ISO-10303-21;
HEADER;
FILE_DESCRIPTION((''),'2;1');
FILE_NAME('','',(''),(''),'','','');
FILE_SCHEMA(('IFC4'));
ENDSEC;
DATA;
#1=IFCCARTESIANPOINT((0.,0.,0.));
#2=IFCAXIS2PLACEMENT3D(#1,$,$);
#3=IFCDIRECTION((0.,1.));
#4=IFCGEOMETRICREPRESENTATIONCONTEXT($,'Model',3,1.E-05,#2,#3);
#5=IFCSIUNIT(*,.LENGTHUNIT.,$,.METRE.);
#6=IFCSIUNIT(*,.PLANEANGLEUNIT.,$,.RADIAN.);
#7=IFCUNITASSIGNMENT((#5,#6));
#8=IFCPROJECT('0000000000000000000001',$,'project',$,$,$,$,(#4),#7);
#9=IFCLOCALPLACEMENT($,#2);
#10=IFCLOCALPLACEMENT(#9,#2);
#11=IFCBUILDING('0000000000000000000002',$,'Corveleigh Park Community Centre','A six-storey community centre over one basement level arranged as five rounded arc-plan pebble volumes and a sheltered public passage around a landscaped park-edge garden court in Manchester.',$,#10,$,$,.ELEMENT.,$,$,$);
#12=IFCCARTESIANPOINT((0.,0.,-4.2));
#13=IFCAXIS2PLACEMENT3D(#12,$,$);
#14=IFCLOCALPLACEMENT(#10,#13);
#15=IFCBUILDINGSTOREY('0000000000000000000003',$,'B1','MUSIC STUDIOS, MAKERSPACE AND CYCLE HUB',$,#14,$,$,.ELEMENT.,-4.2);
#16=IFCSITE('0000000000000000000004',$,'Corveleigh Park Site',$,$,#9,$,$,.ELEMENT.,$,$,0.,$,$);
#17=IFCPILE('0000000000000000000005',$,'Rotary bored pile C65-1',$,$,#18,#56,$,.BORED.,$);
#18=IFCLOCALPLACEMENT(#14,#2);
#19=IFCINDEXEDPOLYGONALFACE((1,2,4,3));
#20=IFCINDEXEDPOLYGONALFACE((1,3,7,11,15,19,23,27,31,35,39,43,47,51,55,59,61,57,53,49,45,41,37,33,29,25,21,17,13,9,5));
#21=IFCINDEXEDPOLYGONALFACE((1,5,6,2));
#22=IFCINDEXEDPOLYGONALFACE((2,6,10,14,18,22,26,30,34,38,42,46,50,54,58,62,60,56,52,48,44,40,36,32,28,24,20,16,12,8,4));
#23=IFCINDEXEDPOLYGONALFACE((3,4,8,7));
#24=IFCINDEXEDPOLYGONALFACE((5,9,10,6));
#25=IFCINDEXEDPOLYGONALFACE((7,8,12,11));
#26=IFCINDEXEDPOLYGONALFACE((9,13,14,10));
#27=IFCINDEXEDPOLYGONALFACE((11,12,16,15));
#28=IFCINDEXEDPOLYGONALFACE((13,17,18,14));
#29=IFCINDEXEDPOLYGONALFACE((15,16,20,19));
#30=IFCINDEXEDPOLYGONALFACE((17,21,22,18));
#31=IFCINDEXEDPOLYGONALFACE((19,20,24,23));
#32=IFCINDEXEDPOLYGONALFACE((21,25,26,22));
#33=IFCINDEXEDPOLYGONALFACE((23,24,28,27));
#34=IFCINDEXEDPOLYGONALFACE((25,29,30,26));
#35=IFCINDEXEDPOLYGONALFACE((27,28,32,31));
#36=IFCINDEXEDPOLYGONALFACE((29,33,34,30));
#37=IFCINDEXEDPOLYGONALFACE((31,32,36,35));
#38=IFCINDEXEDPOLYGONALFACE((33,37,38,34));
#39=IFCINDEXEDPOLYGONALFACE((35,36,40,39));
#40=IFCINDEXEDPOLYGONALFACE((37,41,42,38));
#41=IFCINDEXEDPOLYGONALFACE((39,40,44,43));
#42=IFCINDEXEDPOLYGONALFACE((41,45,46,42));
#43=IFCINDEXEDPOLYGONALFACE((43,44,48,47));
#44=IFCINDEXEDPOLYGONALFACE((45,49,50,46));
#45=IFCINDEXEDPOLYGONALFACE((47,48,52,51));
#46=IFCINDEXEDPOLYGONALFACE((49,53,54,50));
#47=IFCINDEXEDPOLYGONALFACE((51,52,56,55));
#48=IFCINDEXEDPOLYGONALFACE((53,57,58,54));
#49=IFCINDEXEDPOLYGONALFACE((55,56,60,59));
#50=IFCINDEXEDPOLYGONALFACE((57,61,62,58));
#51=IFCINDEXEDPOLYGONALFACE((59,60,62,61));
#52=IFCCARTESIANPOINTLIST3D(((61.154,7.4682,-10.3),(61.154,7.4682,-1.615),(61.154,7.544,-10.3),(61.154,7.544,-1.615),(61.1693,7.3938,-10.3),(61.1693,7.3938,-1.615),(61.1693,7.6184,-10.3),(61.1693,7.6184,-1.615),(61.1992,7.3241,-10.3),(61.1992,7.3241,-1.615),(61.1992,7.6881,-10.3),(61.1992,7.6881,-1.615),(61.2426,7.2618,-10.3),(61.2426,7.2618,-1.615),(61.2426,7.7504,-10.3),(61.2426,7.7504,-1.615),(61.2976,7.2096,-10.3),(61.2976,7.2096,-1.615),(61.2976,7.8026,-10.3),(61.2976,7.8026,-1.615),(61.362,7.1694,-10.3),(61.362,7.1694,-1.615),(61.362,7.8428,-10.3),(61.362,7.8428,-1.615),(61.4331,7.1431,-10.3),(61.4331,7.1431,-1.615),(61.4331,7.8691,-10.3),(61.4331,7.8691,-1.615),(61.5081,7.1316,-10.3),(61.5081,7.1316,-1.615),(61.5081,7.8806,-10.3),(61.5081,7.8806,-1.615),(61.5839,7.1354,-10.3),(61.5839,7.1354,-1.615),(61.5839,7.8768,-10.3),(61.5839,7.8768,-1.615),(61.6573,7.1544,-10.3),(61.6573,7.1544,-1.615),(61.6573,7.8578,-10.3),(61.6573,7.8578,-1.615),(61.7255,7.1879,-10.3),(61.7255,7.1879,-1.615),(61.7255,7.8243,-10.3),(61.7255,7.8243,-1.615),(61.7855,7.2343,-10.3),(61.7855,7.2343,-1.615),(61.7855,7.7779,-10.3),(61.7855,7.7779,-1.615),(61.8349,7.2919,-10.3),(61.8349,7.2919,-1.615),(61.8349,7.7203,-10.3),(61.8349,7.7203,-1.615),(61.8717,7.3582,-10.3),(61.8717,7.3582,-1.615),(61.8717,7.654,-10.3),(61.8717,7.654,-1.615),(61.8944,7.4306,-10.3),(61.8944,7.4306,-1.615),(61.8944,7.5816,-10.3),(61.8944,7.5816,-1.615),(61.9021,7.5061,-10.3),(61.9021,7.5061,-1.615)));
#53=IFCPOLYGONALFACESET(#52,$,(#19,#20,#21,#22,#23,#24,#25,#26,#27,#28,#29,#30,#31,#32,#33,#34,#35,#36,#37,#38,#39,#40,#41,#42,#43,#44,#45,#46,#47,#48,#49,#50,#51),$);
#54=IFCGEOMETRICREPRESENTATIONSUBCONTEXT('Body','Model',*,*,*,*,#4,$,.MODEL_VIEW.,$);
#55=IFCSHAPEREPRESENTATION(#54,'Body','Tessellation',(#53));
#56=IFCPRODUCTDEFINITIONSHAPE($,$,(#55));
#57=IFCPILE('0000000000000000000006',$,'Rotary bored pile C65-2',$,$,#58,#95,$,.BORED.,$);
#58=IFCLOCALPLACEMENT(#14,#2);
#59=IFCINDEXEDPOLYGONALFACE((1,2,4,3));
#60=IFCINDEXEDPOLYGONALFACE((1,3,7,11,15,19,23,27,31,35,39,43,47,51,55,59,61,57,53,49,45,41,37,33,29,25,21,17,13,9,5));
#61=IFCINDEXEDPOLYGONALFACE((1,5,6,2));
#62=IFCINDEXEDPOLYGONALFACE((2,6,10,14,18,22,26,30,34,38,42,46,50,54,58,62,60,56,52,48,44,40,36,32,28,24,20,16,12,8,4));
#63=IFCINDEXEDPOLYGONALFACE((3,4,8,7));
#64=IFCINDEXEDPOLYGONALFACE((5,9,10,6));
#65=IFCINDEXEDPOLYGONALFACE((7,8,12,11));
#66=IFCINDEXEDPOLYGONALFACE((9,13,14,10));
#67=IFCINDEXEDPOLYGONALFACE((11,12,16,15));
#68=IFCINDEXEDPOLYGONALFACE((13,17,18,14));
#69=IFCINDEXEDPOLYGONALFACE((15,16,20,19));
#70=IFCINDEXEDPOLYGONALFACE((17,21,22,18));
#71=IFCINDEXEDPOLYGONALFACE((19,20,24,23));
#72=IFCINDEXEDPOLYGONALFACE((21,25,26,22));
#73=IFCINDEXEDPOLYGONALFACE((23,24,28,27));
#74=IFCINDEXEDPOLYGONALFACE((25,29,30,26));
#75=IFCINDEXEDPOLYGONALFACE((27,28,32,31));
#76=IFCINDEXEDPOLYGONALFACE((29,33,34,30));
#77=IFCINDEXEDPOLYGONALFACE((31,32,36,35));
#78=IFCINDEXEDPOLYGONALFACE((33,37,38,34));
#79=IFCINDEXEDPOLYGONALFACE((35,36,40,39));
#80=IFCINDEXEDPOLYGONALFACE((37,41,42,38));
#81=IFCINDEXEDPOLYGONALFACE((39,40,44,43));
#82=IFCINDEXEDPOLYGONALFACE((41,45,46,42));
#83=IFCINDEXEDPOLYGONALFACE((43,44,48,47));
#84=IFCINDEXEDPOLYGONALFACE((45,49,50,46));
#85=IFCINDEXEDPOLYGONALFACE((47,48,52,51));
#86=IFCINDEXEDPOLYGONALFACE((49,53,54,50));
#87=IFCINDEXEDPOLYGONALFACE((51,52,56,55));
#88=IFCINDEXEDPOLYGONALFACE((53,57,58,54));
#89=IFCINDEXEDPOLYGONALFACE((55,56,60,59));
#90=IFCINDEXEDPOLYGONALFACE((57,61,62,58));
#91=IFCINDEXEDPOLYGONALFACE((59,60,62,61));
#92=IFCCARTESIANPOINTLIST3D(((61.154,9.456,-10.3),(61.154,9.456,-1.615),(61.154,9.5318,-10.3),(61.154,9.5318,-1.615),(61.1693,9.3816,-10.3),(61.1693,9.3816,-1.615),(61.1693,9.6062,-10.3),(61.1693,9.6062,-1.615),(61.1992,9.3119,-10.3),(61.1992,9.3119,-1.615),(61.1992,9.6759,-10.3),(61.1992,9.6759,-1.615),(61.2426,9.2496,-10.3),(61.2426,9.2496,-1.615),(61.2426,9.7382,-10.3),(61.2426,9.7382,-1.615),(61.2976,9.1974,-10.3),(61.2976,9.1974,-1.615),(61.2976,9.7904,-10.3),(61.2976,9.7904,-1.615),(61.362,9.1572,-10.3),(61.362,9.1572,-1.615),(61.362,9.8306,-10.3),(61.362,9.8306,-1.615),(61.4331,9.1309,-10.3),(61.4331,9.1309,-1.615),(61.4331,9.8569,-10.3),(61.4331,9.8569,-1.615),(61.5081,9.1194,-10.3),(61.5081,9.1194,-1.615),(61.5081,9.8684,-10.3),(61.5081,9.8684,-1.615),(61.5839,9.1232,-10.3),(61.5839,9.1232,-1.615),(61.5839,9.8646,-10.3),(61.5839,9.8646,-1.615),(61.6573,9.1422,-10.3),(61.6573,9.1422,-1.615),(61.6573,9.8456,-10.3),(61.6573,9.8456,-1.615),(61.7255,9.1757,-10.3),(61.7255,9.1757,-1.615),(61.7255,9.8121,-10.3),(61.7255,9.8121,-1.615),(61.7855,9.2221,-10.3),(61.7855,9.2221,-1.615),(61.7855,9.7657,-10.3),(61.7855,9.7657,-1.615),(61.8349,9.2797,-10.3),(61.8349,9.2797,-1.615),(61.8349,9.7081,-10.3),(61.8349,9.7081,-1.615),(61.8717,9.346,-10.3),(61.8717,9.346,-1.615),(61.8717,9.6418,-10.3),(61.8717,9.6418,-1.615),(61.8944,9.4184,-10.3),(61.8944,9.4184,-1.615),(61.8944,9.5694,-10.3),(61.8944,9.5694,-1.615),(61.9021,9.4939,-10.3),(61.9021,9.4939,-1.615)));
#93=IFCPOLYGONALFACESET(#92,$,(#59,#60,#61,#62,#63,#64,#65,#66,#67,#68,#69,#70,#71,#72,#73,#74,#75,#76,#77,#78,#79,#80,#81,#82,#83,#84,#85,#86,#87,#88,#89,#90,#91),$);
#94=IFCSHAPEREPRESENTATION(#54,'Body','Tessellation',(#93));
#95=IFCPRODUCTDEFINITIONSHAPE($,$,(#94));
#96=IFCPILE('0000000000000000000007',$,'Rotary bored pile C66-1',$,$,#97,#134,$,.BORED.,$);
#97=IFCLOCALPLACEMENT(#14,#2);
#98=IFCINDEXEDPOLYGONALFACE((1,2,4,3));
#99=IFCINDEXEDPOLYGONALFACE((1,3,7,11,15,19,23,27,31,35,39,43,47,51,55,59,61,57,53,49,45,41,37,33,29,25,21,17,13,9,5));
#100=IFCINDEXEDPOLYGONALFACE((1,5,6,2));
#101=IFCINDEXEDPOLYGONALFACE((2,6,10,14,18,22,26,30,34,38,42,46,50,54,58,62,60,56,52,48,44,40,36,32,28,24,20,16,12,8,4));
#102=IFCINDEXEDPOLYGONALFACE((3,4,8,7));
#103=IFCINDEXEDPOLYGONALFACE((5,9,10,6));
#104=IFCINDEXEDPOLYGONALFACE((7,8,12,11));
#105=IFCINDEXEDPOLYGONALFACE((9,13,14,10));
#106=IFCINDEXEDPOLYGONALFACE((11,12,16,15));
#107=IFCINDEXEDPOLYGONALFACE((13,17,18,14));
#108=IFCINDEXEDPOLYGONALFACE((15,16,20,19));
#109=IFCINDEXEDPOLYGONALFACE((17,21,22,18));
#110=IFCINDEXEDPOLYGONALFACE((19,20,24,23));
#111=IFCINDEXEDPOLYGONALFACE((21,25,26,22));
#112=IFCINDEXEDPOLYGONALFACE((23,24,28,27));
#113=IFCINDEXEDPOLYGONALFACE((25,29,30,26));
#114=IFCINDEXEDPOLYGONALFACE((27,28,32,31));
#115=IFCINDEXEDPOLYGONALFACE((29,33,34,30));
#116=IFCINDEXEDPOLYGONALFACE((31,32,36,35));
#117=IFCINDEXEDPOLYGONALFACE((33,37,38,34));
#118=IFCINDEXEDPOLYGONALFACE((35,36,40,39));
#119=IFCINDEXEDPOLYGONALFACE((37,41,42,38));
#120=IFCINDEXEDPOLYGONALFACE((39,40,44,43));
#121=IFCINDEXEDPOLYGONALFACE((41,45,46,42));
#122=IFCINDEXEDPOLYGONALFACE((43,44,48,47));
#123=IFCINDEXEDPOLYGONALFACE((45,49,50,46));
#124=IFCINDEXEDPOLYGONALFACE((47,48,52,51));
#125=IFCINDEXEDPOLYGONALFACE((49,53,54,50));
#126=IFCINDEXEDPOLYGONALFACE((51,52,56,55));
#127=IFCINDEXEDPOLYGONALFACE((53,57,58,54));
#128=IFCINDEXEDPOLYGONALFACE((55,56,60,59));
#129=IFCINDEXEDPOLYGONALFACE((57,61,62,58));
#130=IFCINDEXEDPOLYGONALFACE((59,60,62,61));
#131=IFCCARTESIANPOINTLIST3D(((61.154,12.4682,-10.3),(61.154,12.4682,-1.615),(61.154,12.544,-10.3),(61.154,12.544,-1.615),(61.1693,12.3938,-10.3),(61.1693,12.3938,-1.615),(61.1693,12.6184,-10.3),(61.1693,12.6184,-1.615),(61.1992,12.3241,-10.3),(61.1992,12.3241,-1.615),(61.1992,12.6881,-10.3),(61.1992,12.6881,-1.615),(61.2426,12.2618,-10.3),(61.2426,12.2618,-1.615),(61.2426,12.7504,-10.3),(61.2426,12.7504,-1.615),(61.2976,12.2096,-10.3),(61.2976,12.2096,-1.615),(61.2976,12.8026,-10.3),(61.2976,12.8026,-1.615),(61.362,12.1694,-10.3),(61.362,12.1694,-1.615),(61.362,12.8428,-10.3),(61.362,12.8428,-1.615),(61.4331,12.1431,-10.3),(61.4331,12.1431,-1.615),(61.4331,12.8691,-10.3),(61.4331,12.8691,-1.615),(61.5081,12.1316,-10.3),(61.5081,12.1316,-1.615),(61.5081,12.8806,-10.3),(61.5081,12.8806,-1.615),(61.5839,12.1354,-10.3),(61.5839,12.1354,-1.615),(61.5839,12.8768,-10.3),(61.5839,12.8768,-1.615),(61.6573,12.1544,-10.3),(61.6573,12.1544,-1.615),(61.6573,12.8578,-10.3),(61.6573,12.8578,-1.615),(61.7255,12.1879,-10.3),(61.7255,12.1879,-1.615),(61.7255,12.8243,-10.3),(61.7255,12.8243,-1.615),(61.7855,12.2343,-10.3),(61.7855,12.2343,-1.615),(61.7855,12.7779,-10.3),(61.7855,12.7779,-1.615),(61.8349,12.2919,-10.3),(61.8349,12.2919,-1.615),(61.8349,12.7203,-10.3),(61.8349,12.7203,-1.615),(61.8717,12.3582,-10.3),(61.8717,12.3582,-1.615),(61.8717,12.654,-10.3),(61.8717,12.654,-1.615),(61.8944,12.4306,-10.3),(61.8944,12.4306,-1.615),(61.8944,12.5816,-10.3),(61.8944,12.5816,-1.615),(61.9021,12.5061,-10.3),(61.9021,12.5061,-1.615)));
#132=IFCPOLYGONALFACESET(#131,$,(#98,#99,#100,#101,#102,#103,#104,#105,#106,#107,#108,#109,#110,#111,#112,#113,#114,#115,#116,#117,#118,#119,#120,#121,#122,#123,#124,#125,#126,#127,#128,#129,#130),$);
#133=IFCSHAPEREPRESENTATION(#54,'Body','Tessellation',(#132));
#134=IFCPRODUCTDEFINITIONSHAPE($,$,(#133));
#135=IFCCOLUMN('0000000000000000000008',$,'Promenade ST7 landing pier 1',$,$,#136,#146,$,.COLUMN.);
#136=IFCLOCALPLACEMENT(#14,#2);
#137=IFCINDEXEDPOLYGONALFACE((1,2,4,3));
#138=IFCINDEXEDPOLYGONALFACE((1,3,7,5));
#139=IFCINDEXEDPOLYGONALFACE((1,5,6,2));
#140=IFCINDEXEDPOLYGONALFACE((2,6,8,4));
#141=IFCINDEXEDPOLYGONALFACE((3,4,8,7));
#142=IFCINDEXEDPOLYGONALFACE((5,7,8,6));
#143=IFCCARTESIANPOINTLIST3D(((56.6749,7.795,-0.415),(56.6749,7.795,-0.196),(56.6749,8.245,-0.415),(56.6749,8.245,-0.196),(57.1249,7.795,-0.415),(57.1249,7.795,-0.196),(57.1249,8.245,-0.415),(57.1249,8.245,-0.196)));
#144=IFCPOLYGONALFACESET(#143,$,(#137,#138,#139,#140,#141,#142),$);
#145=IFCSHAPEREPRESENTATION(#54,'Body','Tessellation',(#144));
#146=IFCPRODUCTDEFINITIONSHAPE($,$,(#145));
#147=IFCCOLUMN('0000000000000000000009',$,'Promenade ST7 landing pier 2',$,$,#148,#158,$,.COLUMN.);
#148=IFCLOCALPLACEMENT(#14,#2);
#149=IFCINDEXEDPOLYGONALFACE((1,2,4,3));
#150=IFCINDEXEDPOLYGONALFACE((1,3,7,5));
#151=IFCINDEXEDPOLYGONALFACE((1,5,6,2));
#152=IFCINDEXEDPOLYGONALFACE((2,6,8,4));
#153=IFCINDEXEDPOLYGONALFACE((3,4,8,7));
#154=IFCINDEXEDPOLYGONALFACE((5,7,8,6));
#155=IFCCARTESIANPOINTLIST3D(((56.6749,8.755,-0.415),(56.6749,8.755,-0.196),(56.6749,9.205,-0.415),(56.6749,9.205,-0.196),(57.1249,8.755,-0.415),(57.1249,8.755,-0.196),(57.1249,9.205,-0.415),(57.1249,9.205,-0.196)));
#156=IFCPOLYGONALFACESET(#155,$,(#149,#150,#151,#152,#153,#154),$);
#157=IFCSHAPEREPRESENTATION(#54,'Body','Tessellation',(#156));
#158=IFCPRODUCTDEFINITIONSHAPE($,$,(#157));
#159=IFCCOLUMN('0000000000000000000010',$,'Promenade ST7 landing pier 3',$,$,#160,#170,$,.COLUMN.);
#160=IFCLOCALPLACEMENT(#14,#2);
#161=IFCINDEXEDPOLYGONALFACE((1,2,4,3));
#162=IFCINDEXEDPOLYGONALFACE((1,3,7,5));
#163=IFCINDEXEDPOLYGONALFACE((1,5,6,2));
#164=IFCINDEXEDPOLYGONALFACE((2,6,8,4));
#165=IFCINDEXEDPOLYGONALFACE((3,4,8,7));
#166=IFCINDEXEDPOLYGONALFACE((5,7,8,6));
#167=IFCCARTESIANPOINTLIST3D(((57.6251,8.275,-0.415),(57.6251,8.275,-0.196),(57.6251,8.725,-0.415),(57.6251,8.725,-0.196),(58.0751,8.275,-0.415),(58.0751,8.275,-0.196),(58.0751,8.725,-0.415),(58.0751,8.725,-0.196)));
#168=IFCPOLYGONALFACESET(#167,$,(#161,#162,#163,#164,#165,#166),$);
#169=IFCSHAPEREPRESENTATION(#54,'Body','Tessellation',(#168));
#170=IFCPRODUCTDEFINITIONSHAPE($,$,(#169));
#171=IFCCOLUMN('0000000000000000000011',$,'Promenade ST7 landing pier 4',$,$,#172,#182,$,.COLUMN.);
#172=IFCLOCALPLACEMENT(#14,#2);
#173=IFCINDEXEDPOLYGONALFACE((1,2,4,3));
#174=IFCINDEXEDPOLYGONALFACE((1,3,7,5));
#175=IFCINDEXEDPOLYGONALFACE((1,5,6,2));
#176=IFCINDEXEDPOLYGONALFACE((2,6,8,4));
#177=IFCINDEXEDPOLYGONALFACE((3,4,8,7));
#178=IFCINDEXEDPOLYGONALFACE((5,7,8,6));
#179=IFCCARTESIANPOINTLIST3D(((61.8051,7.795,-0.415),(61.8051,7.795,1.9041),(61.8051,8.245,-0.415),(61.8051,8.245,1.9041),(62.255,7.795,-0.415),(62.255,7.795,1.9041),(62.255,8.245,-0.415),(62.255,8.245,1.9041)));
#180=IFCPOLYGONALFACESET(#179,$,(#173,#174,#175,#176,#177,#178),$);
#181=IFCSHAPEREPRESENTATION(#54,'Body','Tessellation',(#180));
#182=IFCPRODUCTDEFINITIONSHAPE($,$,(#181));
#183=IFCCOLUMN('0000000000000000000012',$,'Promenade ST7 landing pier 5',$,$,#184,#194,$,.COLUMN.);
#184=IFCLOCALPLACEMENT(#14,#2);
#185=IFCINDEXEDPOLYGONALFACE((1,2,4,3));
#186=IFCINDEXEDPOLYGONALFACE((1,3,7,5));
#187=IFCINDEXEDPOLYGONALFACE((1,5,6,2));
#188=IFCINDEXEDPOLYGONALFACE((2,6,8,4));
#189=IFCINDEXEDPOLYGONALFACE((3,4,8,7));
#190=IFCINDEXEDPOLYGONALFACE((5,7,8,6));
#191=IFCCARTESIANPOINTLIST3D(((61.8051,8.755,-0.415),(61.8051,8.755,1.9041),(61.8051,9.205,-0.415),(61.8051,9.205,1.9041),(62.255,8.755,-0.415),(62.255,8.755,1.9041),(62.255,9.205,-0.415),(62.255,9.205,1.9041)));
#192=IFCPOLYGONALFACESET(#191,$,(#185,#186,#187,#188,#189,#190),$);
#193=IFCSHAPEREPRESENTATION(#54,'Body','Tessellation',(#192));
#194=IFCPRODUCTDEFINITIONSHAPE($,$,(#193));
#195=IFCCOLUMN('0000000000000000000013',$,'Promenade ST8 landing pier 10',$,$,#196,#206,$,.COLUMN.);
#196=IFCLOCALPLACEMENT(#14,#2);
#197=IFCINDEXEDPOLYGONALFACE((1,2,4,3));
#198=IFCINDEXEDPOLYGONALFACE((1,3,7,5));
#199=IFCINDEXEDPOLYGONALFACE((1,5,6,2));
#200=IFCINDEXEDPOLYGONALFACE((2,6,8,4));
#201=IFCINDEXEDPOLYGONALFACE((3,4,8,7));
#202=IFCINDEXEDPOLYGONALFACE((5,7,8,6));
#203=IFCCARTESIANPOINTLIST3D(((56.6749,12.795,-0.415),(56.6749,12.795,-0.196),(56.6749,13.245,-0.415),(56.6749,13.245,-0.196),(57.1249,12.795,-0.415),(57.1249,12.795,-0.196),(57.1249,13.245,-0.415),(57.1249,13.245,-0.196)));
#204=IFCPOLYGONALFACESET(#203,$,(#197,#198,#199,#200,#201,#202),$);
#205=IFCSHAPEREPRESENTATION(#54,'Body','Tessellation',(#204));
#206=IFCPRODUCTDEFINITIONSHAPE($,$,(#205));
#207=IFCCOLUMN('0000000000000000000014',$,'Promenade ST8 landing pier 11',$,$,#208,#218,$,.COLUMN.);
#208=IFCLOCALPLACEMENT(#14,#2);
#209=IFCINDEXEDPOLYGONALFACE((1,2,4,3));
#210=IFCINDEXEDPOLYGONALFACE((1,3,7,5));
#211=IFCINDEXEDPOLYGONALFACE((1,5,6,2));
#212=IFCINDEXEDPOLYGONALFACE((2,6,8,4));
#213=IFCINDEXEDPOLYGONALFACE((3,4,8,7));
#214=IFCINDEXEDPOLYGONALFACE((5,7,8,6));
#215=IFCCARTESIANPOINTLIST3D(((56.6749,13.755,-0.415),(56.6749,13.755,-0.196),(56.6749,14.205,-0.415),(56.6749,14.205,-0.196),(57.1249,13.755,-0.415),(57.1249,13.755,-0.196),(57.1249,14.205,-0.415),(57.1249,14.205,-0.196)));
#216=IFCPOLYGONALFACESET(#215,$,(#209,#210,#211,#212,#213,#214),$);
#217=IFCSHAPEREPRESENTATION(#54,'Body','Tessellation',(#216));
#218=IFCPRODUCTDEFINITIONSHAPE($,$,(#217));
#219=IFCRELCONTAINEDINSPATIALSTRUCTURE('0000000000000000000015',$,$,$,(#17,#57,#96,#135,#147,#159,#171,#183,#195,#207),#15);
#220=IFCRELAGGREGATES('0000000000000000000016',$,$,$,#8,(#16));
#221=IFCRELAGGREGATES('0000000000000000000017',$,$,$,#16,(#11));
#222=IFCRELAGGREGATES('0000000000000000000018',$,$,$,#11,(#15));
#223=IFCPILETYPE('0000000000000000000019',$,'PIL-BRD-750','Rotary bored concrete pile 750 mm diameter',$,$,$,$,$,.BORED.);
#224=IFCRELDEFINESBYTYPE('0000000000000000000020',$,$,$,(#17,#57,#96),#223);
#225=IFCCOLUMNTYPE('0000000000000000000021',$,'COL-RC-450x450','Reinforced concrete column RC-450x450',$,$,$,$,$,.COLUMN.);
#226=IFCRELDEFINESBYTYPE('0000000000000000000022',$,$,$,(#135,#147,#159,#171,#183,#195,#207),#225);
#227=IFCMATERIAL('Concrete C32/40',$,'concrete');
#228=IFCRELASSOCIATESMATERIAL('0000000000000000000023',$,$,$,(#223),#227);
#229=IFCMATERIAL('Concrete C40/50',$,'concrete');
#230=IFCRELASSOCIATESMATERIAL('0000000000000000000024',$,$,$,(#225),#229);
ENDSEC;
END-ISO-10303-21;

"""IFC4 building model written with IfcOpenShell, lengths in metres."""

from ifc_helpers import new_model, si_unit, direction, frame, origin, origin_2d, place, context, subcontext, project, spatial, rectangle, circle, extrude, material, material_profile, profile_set, type_object, element, save


model = new_model("IFC4")

# Units and contexts
model_context = context("Model", 3, precision=1e-05, world=origin(), true_north=direction((0.0, 1.0)))
body_context = subcontext(model_context, "Body", "Model", "MODEL_VIEW")
ifc_project = project(units=[si_unit("LENGTHUNIT", "METRE"), si_unit("PLANEANGLEUNIT", "RADIAN")], contexts=[model_context])

# Site, building, storey
site_placement = place(None, origin())
site = spatial("IfcSite", under=ifc_project, at=site_placement, Name="Corveleigh Park Site", CompositionType="ELEMENT", RefElevation=0.0)
building_placement = place(site_placement, origin())
building = spatial("IfcBuilding", under=site, at=building_placement, Name="Corveleigh Park Community Centre", Description="A six-storey community centre over one basement level arranged as five rounded arc-plan pebble volumes and a sheltered public passage around a landscaped park-edge garden court in Manchester.", CompositionType="ELEMENT")
storey_placement = place(building_placement, frame((0.0, 0.0, -4.2)))
storey = spatial("IfcBuildingStorey", under=building, at=storey_placement, Name="B1", Description="MUSIC STUDIOS, MAKERSPACE AND CYCLE HUB", CompositionType="ELEMENT", Elevation=-4.2)

# Shared definitions
ifc_material_1 = material(Name="Concrete C40/50", Category="concrete")

# Piles
ifc_material_2 = material(Name="Concrete C32/40", Category="concrete")
ifc_material_profile_1 = material_profile(ifc_material_2, circle(Radius=0.375, at=origin_2d()), Name="BORED-PILE-750", Category="concrete")
ifc_profile_set_1 = profile_set([ifc_material_profile_1], Name="Concrete C32/40")
pile_type = type_object("IfcPileType", Name="PIL-BRD-750", Description="Rotary bored concrete pile 750 mm diameter", PredefinedType="BORED", material=ifc_profile_set_1)
for number, where, z_axis, x_axis, name in (
    (1, (61.5271, 7.5061, -1.615), (0.0, 0.0, -1.0), (1.0, 0.0, 0.0), "Rotary bored pile C65-1"),
    (2, (61.5271, 9.4939, -1.615), (0.0, 0.0, -1.0), (1.0, 0.0, 0.0), "Rotary bored pile C65-2"),
    (3, (61.5271, 12.5061, -1.615), (0.0, 0.0, -1.0), (1.0, 0.0, 0.0), "Rotary bored pile C66-1"),
):
    element("IfcPile", number, at=place(storey_placement, frame(where, z_axis=z_axis, x_axis=x_axis)), inside=storey, type_object=pile_type, Name=name, PredefinedType="BORED", context=body_context, shape_type="SweptSolid", body=[
        extrude(circle(Radius=0.375, at=origin_2d()), origin(), (0.0, 0.0, 1.0), 8.6851),
    ])

# Columns
ifc_material_profile_2 = material_profile(ifc_material_1, rectangle(XDim=0.45, YDim=0.45, at=origin_2d()), Name="RC-450x450", Category="concrete")
ifc_profile_set_2 = profile_set([ifc_material_profile_2], Name="Concrete C40/50")
column_type = type_object("IfcColumnType", Name="COL-RC-450x450", Description="Reinforced concrete column RC-450x450", PredefinedType="COLUMN", material=ifc_profile_set_2)
for number, where, z_axis, x_axis, name in (
    (4, (56.8999, 8.02, -0.415), (0.0, 0.0, 1.0), (1.0, 0.0, 0.0), "Promenade ST7 landing pier 1"),
    (5, (56.8999, 8.98, -0.415), (0.0, 0.0, 1.0), (1.0, 0.0, 0.0), "Promenade ST7 landing pier 2"),
    (6, (57.8501, 8.5, -0.415), (0.0, 0.0, 1.0), (1.0, 0.0, 0.0), "Promenade ST7 landing pier 3"),
):
    element("IfcColumn", number, at=place(storey_placement, frame(where, z_axis=z_axis, x_axis=x_axis)), inside=storey, type_object=column_type, Name=name, PredefinedType="COLUMN", context=body_context, shape_type="SweptSolid", body=[
        extrude(rectangle(XDim=0.45, YDim=0.45, at=origin_2d()), origin(), (0.0, 0.0, 1.0), 0.219),
    ])
for number, where, z_axis, x_axis, name in (
    (7, (62.03, 8.02, -0.415), (0.0, 0.0, 1.0), (1.0, 0.0, 0.0), "Promenade ST7 landing pier 4"),
    (8, (62.03, 8.98, -0.415), (0.0, 0.0, 1.0), (1.0, 0.0, 0.0), "Promenade ST7 landing pier 5"),
):
    element("IfcColumn", number, at=place(storey_placement, frame(where, z_axis=z_axis, x_axis=x_axis)), inside=storey, type_object=column_type, Name=name, PredefinedType="COLUMN", context=body_context, shape_type="SweptSolid", body=[
        extrude(rectangle(XDim=0.45, YDim=0.45, at=origin_2d()), origin(), (0.0, 0.0, 1.0), 2.3191),
    ])
for number, where, z_axis, x_axis, name in (
    (9, (56.8999, 13.02, -0.415), (0.0, 0.0, 1.0), (1.0, 0.0, 0.0), "Promenade ST8 landing pier 10"),
    (10, (56.8999, 13.98, -0.415), (0.0, 0.0, 1.0), (1.0, 0.0, 0.0), "Promenade ST8 landing pier 11"),
):
    element("IfcColumn", number, at=place(storey_placement, frame(where, z_axis=z_axis, x_axis=x_axis)), inside=storey, type_object=column_type, Name=name, PredefinedType="COLUMN", context=body_context, shape_type="SweptSolid", body=[
        extrude(rectangle(XDim=0.45, YDim=0.45, at=origin_2d()), origin(), (0.0, 0.0, 1.0), 0.219),
    ])

save(model, "model.ifc")
